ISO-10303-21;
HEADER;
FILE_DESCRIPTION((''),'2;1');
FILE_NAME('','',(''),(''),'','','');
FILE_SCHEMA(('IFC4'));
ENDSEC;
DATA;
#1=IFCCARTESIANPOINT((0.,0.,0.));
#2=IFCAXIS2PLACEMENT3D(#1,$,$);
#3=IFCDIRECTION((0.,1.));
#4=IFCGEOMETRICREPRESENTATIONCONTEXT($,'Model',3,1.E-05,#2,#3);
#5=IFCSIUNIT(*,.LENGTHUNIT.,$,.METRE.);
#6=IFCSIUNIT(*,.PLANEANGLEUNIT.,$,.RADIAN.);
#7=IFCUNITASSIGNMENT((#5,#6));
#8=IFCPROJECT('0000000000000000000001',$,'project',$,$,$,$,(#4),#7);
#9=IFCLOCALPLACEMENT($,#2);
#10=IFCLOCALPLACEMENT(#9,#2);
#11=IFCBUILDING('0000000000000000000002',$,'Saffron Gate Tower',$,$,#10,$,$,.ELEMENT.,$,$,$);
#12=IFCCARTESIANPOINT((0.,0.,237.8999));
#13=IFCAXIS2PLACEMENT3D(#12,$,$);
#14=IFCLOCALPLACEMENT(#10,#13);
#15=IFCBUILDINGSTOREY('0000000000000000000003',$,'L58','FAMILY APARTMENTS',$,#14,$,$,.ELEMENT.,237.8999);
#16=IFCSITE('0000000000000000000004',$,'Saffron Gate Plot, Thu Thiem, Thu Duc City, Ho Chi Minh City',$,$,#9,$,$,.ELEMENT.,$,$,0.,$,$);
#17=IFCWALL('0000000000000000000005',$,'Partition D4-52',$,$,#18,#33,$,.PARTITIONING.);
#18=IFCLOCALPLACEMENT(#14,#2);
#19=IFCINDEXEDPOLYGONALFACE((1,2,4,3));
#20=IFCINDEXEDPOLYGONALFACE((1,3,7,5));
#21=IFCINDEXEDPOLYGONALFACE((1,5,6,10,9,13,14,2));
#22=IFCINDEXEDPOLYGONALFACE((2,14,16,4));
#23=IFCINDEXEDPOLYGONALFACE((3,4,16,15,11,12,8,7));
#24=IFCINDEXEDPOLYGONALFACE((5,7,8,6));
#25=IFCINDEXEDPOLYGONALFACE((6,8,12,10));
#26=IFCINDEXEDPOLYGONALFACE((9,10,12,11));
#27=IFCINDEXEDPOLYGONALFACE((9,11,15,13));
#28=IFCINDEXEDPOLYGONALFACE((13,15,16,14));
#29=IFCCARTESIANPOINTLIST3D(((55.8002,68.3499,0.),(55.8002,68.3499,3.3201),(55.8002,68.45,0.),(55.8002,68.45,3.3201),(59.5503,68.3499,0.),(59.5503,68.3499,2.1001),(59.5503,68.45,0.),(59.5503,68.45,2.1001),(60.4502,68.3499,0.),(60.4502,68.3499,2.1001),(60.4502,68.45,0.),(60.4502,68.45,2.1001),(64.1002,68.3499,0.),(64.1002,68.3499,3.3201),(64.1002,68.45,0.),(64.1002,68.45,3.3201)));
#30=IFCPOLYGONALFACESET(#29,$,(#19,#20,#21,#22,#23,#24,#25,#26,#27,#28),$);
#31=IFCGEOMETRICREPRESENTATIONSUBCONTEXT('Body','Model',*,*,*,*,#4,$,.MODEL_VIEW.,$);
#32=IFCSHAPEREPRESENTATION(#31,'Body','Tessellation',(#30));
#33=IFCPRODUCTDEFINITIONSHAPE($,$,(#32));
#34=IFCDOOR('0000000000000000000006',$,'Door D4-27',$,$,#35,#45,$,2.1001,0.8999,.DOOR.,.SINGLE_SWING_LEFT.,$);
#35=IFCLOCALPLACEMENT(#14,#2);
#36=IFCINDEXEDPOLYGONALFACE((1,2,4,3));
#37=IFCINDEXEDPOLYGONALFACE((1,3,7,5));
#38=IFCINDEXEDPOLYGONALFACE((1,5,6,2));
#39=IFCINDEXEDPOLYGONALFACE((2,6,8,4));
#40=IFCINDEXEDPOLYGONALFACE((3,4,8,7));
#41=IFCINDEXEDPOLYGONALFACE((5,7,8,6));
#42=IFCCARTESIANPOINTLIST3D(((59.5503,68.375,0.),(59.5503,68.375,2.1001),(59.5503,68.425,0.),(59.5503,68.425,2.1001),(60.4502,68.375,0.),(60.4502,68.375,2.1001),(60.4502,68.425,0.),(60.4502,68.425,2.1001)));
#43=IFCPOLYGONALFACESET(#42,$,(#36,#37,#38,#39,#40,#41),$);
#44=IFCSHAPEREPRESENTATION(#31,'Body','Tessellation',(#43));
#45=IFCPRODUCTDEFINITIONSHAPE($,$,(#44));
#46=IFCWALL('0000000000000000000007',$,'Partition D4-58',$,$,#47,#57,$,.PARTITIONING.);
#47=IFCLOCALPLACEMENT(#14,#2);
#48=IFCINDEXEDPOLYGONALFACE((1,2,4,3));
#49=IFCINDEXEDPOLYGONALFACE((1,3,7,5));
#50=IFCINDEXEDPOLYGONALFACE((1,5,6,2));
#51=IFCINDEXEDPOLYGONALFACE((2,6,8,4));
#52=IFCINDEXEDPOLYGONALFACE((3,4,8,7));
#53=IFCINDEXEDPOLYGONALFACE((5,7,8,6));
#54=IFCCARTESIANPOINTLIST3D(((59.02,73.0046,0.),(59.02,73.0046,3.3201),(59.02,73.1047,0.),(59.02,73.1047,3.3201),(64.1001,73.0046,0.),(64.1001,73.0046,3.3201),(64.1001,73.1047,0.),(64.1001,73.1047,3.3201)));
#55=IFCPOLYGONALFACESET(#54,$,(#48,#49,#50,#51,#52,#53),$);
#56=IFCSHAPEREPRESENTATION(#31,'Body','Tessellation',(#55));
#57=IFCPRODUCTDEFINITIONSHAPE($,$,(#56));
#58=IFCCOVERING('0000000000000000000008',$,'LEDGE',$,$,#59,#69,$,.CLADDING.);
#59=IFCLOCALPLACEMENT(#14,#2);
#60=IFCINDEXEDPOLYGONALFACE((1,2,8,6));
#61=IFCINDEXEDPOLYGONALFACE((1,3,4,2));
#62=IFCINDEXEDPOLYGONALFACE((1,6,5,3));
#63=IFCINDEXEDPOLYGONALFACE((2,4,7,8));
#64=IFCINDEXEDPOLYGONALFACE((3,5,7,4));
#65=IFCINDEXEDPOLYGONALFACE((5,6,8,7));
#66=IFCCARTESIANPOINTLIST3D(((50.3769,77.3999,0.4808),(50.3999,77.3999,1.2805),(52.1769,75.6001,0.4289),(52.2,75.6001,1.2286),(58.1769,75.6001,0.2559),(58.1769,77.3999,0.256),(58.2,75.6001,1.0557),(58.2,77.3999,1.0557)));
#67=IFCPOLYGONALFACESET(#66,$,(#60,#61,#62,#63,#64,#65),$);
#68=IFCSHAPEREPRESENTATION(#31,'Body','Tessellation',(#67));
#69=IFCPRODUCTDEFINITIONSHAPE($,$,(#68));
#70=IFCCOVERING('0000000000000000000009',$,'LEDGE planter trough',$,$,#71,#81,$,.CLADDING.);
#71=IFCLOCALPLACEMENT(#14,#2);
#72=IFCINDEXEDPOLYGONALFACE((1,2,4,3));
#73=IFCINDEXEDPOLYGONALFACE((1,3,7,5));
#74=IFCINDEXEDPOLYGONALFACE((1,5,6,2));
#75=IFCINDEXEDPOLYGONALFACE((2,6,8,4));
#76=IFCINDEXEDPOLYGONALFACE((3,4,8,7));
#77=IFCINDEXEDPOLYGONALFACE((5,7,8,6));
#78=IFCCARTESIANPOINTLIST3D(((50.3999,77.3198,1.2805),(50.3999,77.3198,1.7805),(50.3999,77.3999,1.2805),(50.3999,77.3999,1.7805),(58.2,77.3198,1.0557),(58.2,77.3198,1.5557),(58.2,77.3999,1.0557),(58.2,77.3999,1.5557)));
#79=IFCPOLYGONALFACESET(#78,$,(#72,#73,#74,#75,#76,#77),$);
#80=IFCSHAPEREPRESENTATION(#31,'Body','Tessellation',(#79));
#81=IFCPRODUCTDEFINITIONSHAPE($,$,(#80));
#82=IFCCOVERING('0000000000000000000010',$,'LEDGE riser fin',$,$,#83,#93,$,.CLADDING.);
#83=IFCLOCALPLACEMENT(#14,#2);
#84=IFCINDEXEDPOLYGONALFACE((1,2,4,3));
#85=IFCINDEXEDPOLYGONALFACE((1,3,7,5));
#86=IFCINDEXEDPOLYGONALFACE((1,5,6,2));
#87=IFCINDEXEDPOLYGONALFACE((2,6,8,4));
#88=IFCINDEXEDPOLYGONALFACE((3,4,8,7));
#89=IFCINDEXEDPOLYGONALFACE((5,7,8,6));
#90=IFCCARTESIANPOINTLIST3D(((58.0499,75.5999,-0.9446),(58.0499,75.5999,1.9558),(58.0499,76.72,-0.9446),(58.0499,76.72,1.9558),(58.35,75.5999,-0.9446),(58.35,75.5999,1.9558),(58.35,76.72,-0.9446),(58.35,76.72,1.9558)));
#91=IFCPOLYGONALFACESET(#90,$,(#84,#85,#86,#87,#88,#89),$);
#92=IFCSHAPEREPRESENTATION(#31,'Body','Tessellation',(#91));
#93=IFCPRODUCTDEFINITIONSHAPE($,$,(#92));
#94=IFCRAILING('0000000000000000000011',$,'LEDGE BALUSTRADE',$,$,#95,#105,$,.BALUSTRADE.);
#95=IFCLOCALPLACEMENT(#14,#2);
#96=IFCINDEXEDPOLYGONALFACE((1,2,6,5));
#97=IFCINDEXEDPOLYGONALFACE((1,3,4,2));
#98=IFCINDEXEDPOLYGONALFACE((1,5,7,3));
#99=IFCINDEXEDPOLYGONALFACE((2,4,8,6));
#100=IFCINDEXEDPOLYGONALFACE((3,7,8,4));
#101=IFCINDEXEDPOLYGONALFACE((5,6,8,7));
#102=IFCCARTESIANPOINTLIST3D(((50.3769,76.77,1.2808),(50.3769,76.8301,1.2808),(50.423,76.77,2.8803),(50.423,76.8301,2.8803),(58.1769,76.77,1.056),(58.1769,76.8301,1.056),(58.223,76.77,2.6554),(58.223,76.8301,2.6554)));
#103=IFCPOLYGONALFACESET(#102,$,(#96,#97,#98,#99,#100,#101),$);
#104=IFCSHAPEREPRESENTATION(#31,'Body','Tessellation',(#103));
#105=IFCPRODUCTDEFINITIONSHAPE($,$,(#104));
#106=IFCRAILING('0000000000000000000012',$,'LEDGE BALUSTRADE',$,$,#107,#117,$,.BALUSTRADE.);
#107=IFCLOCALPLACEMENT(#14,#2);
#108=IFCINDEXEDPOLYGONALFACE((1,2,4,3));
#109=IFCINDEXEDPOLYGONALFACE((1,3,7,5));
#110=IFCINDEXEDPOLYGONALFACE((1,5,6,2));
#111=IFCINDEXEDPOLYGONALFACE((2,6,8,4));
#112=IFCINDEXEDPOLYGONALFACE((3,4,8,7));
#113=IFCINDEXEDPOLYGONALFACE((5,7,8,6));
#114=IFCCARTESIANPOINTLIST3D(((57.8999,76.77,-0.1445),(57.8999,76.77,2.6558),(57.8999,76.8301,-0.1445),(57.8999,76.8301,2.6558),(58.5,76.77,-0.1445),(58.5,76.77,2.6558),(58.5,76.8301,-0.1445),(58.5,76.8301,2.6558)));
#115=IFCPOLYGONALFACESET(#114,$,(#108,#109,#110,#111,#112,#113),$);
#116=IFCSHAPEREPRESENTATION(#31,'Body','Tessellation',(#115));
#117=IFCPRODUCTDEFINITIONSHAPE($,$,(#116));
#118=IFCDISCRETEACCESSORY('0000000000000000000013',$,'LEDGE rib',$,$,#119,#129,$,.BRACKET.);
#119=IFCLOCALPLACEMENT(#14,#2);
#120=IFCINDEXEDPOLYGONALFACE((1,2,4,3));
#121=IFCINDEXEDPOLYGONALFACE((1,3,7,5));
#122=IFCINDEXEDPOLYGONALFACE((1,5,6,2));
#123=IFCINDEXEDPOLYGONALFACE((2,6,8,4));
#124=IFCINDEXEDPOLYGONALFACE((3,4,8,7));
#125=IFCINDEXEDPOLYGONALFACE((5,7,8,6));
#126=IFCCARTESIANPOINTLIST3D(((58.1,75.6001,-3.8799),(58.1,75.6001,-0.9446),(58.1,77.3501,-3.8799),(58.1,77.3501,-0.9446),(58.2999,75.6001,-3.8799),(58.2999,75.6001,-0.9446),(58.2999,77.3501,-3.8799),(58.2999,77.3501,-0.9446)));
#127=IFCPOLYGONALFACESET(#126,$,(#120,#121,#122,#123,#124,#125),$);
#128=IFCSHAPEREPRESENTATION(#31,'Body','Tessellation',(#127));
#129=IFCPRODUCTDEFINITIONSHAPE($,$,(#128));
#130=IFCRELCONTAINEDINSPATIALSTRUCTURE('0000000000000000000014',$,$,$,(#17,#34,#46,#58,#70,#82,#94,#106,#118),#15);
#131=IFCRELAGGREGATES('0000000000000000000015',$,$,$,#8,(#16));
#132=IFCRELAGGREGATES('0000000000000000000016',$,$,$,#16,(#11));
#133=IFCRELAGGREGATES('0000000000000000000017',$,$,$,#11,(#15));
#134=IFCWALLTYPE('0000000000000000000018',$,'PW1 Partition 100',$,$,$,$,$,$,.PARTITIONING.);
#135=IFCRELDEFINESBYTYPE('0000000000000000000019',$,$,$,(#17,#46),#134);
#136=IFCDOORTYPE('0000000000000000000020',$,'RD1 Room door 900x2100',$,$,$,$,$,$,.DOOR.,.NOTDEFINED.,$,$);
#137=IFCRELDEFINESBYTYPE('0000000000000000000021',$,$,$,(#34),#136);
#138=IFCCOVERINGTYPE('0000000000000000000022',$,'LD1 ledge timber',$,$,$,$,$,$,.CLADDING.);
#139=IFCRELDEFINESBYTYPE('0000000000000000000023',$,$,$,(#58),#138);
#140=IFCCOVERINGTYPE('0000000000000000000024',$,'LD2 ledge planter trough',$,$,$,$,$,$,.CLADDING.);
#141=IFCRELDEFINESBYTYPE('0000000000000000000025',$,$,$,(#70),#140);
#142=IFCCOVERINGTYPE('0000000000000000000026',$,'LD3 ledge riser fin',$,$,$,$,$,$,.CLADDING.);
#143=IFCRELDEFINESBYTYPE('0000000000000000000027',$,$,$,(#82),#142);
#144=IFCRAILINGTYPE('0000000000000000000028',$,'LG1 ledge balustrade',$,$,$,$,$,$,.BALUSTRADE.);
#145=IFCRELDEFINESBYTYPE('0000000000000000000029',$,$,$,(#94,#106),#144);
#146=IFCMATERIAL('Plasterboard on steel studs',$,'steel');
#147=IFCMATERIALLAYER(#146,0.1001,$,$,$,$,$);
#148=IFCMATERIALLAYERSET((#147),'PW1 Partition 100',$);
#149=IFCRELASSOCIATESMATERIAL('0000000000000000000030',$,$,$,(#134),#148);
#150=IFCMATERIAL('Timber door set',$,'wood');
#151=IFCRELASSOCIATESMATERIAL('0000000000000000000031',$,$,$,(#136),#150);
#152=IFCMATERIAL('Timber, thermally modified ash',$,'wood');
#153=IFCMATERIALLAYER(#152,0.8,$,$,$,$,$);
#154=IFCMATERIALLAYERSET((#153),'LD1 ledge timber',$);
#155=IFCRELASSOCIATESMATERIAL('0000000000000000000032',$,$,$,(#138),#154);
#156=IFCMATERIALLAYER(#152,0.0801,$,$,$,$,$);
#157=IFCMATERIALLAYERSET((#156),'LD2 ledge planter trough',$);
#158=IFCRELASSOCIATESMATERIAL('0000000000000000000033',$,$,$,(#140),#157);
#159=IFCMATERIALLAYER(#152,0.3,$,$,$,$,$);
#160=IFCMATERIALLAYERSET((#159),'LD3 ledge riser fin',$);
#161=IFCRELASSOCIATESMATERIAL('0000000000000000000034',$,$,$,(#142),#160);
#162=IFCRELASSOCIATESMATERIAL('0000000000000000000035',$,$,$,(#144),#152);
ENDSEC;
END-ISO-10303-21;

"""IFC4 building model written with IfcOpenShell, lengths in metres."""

from ifc_helpers import new_model, si_unit, direction, frame, frame_2d, origin, origin_2d, place, context, subcontext, project, spatial, polyline, rectangle, outline, extrude, material, layer, layer_set, type_object, element, fill, save


model = new_model("IFC4")

# Units and contexts
model_context = context("Model", 3, precision=1e-05, world=origin(), true_north=direction((0.0, 1.0)))
body_context = subcontext(model_context, "Body", "Model", "MODEL_VIEW")
ifc_project = project(units=[si_unit("LENGTHUNIT", "METRE"), si_unit("PLANEANGLEUNIT", "RADIAN")], contexts=[model_context])

# Site, building, storey
site_placement = place(None, origin())
site = spatial("IfcSite", under=ifc_project, at=site_placement, Name="Saffron Gate Plot, Thu Thiem, Thu Duc City, Ho Chi Minh City", CompositionType="ELEMENT", RefElevation=0.0)
building_placement = place(site_placement, origin())
building = spatial("IfcBuilding", under=site, at=building_placement, Name="Saffron Gate Tower", CompositionType="ELEMENT")
storey_placement = place(building_placement, frame((0.0, 0.0, 237.8999)))
storey = spatial("IfcBuildingStorey", under=building, at=storey_placement, Name="L58", Description="FAMILY APARTMENTS", CompositionType="ELEMENT", Elevation=237.8999)

# Wall, opening, door
ifc_material_1 = material(Name="Plasterboard on steel studs", Category="steel")
ifc_layer_1 = layer(ifc_material_1, 0.1001)
ifc_layer_set_1 = layer_set([ifc_layer_1], Name="PW1 Partition 100")
wall_type_1 = type_object("IfcWallType", Name="PW1 Partition 100", PredefinedType="PARTITIONING", material=ifc_layer_set_1)
wall_1_placement = place(storey_placement, frame((64.1001, 68.3999, 0.0), z_axis=(0.0, 0.0, 1.0), x_axis=(-1.0, 0.0, 0.0)))
wall_1 = element("IfcWall", 1, at=wall_1_placement, inside=storey, type_object=wall_type_1, Name="Partition D4-52", PredefinedType="PARTITIONING", context=body_context, shape_type="SweptSolid", body=[
    extrude(rectangle(XDim=8.3, YDim=0.1001, at=frame_2d((4.1499, 0.0))), origin(), (0.0, 0.0, 1.0), 3.3201),
])
opening_1_placement = place(wall_1_placement, frame((3.6499, 0.0, 0.0)))
opening_1 = element("IfcOpeningElement", 2, at=opening_1_placement, cuts=wall_1, PredefinedType="OPENING", context=body_context, shape_type="SweptSolid", body=[
    extrude(rectangle(XDim=0.8999, YDim=2.1001, at=frame_2d((0.45, 1.05))), frame((0.0, 0.0601, 0.0), z_axis=(0.0, -1.0, 0.0), x_axis=(1.0, 0.0, 0.0)), (0.0, 0.0, 1.0), 0.1201),
])
ifc_material_2 = material(Name="Timber door set", Category="wood")
door_type_1 = type_object("IfcDoorType", Name="RD1 Room door 900x2100", OperationType="NOTDEFINED", PredefinedType="DOOR", material=ifc_material_2)
door_1_placement = place(opening_1_placement, origin())
door_1 = element("IfcDoor", 3, at=door_1_placement, inside=storey, type_object=door_type_1, Name="Door D4-27", OperationType="SINGLE_SWING_LEFT", OverallHeight=2.1001, OverallWidth=0.8999, PredefinedType="DOOR", context=body_context, shape_type="SweptSolid", body=[
    extrude(rectangle(XDim=0.8999, YDim=2.1001, at=frame_2d((0.45, 1.05))), frame((0.0, 0.0249, 0.0), z_axis=(0.0, -1.0, 0.0), x_axis=(1.0, 0.0, 0.0)), (0.0, 0.0, 1.0), 0.05),
])
fill(opening_1, door_1)

# Wall
wall_2_placement = place(storey_placement, frame((59.02, 73.0547, 0.0), z_axis=(0.0, 0.0, 1.0), x_axis=(1.0, 0.0, 0.0)))
element("IfcWall", 4, at=wall_2_placement, inside=storey, type_object=wall_type_1, Name="Partition D4-58", PredefinedType="PARTITIONING", context=body_context, shape_type="SweptSolid", body=[
    extrude(rectangle(XDim=5.0801, YDim=0.1001, at=frame_2d((2.54, 0.0))), origin(), (0.0, 0.0, 1.0), 3.3201),
])

# Coverings
ifc_material_3 = material(Name="Timber, thermally modified ash", Category="wood")
ifc_layer_2 = layer(ifc_material_3, 0.8)
ifc_layer_set_2 = layer_set([ifc_layer_2], Name="LD1 ledge timber")
covering_type_1 = type_object("IfcCoveringType", Name="LD1 ledge timber", PredefinedType="CLADDING", material=ifc_layer_set_2)
covering_1_placement = place(storey_placement, frame((58.2, 75.6001, 1.0557), z_axis=(0.028807, -0.000035, 0.999585), x_axis=(-0.999585, 0.0, 0.028807)))
element("IfcCovering", 5, at=covering_1_placement, inside=storey, type_object=covering_type_1, Name="LEDGE", PredefinedType="CLADDING", context=body_context, shape_type="SweptSolid", body=[
    extrude(outline(polyline([(0.0, 0.0), (6.0025, 0.0), (7.8033, -1.7998), (0.0, -1.7998), (0.0, 0.0)])), origin(), (0.0, 0.0, -1.0), 0.8),
])
ifc_layer_3 = layer(ifc_material_3, 0.0801)
ifc_layer_set_3 = layer_set([ifc_layer_3], Name="LD2 ledge planter trough")
covering_type_2 = type_object("IfcCoveringType", Name="LD2 ledge planter trough", PredefinedType="CLADDING", material=ifc_layer_set_3)
covering_2_placement = place(storey_placement, frame((58.2, 77.3999, 1.0557), z_axis=(0.0, 1.0, 0.0), x_axis=(-0.999585, 0.0, 0.028815)))
element("IfcCovering", 6, at=covering_2_placement, inside=storey, type_object=covering_type_2, Name="LEDGE planter trough", PredefinedType="CLADDING", context=body_context, shape_type="SweptSolid", body=[
    extrude(outline(polyline([(0.0, 0.0), (7.8033, 0.0), (7.8177, 0.4998), (0.0144, 0.4998), (0.0, 0.0)])), origin(), (0.0, 0.0, -1.0), 0.0801),
])
ifc_layer_4 = layer(ifc_material_3, 0.3)
ifc_layer_set_4 = layer_set([ifc_layer_4], Name="LD3 ledge riser fin")
covering_type_3 = type_object("IfcCoveringType", Name="LD3 ledge riser fin", PredefinedType="CLADDING", material=ifc_layer_set_4)
covering_3_placement = place(storey_placement, frame((58.2, 76.1599, -0.9446), z_axis=(0.0, 0.0, 1.0), x_axis=(-1.0, 0.0, 0.0)))
element("IfcCovering", 7, at=covering_3_placement, inside=storey, type_object=covering_type_3, Name="LEDGE riser fin", PredefinedType="CLADDING", context=body_context, shape_type="SweptSolid", body=[
    extrude(rectangle(XDim=0.3, YDim=1.1201, at=origin_2d()), origin(), (0.0, 0.0, 1.0), 2.9004),
])

# Railings
railing_type = type_object("IfcRailingType", Name="LG1 ledge balustrade", PredefinedType="BALUSTRADE", material=ifc_material_3)
railing_1_placement = place(storey_placement, frame((58.2, 76.8, 1.0557)))
element("IfcRailing", 8, at=railing_1_placement, inside=storey, type_object=railing_type, Name="LEDGE BALUSTRADE", PredefinedType="BALUSTRADE", context=body_context, shape_type="SweptSolid", body=[
    extrude(rectangle(XDim=0.0601, YDim=1.6001, at=origin_2d()), frame((0.0, 0.0, 0.8), z_axis=(-0.999585, 0.0, 0.028815), x_axis=(0.0, -1.0, 0.0)), (0.0, 0.0, 1.0), 7.8032),
])
railing_2_placement = place(storey_placement, frame((58.5, 76.8, -0.1445)))
element("IfcRailing", 9, at=railing_2_placement, inside=storey, type_object=railing_type, Name="LEDGE BALUSTRADE", PredefinedType="BALUSTRADE", context=body_context, shape_type="SweptSolid", body=[
    extrude(rectangle(XDim=0.0601, YDim=2.8003, at=origin_2d()), frame((0.0, 0.0, 1.4001), z_axis=(-1.0, 0.0, 0.0), x_axis=(0.0, -1.0, 0.0)), (0.0, 0.0, 1.0), 0.6001),
])

# Discrete accessory
discrete_accessory_placement = place(storey_placement, frame((58.2, 76.4751, -3.8799), z_axis=(0.0, 0.0, 1.0), x_axis=(-1.0, 0.0, 0.0)))
element("IfcDiscreteAccessory", 10, at=discrete_accessory_placement, inside=storey, Name="LEDGE rib", PredefinedType="BRACKET", context=body_context, shape_type="SweptSolid", body=[
    extrude(rectangle(XDim=0.2, YDim=1.75, at=origin_2d()), origin(), (0.0, 0.0, 1.0), 2.9353),
])

save(model, "model.ifc")
